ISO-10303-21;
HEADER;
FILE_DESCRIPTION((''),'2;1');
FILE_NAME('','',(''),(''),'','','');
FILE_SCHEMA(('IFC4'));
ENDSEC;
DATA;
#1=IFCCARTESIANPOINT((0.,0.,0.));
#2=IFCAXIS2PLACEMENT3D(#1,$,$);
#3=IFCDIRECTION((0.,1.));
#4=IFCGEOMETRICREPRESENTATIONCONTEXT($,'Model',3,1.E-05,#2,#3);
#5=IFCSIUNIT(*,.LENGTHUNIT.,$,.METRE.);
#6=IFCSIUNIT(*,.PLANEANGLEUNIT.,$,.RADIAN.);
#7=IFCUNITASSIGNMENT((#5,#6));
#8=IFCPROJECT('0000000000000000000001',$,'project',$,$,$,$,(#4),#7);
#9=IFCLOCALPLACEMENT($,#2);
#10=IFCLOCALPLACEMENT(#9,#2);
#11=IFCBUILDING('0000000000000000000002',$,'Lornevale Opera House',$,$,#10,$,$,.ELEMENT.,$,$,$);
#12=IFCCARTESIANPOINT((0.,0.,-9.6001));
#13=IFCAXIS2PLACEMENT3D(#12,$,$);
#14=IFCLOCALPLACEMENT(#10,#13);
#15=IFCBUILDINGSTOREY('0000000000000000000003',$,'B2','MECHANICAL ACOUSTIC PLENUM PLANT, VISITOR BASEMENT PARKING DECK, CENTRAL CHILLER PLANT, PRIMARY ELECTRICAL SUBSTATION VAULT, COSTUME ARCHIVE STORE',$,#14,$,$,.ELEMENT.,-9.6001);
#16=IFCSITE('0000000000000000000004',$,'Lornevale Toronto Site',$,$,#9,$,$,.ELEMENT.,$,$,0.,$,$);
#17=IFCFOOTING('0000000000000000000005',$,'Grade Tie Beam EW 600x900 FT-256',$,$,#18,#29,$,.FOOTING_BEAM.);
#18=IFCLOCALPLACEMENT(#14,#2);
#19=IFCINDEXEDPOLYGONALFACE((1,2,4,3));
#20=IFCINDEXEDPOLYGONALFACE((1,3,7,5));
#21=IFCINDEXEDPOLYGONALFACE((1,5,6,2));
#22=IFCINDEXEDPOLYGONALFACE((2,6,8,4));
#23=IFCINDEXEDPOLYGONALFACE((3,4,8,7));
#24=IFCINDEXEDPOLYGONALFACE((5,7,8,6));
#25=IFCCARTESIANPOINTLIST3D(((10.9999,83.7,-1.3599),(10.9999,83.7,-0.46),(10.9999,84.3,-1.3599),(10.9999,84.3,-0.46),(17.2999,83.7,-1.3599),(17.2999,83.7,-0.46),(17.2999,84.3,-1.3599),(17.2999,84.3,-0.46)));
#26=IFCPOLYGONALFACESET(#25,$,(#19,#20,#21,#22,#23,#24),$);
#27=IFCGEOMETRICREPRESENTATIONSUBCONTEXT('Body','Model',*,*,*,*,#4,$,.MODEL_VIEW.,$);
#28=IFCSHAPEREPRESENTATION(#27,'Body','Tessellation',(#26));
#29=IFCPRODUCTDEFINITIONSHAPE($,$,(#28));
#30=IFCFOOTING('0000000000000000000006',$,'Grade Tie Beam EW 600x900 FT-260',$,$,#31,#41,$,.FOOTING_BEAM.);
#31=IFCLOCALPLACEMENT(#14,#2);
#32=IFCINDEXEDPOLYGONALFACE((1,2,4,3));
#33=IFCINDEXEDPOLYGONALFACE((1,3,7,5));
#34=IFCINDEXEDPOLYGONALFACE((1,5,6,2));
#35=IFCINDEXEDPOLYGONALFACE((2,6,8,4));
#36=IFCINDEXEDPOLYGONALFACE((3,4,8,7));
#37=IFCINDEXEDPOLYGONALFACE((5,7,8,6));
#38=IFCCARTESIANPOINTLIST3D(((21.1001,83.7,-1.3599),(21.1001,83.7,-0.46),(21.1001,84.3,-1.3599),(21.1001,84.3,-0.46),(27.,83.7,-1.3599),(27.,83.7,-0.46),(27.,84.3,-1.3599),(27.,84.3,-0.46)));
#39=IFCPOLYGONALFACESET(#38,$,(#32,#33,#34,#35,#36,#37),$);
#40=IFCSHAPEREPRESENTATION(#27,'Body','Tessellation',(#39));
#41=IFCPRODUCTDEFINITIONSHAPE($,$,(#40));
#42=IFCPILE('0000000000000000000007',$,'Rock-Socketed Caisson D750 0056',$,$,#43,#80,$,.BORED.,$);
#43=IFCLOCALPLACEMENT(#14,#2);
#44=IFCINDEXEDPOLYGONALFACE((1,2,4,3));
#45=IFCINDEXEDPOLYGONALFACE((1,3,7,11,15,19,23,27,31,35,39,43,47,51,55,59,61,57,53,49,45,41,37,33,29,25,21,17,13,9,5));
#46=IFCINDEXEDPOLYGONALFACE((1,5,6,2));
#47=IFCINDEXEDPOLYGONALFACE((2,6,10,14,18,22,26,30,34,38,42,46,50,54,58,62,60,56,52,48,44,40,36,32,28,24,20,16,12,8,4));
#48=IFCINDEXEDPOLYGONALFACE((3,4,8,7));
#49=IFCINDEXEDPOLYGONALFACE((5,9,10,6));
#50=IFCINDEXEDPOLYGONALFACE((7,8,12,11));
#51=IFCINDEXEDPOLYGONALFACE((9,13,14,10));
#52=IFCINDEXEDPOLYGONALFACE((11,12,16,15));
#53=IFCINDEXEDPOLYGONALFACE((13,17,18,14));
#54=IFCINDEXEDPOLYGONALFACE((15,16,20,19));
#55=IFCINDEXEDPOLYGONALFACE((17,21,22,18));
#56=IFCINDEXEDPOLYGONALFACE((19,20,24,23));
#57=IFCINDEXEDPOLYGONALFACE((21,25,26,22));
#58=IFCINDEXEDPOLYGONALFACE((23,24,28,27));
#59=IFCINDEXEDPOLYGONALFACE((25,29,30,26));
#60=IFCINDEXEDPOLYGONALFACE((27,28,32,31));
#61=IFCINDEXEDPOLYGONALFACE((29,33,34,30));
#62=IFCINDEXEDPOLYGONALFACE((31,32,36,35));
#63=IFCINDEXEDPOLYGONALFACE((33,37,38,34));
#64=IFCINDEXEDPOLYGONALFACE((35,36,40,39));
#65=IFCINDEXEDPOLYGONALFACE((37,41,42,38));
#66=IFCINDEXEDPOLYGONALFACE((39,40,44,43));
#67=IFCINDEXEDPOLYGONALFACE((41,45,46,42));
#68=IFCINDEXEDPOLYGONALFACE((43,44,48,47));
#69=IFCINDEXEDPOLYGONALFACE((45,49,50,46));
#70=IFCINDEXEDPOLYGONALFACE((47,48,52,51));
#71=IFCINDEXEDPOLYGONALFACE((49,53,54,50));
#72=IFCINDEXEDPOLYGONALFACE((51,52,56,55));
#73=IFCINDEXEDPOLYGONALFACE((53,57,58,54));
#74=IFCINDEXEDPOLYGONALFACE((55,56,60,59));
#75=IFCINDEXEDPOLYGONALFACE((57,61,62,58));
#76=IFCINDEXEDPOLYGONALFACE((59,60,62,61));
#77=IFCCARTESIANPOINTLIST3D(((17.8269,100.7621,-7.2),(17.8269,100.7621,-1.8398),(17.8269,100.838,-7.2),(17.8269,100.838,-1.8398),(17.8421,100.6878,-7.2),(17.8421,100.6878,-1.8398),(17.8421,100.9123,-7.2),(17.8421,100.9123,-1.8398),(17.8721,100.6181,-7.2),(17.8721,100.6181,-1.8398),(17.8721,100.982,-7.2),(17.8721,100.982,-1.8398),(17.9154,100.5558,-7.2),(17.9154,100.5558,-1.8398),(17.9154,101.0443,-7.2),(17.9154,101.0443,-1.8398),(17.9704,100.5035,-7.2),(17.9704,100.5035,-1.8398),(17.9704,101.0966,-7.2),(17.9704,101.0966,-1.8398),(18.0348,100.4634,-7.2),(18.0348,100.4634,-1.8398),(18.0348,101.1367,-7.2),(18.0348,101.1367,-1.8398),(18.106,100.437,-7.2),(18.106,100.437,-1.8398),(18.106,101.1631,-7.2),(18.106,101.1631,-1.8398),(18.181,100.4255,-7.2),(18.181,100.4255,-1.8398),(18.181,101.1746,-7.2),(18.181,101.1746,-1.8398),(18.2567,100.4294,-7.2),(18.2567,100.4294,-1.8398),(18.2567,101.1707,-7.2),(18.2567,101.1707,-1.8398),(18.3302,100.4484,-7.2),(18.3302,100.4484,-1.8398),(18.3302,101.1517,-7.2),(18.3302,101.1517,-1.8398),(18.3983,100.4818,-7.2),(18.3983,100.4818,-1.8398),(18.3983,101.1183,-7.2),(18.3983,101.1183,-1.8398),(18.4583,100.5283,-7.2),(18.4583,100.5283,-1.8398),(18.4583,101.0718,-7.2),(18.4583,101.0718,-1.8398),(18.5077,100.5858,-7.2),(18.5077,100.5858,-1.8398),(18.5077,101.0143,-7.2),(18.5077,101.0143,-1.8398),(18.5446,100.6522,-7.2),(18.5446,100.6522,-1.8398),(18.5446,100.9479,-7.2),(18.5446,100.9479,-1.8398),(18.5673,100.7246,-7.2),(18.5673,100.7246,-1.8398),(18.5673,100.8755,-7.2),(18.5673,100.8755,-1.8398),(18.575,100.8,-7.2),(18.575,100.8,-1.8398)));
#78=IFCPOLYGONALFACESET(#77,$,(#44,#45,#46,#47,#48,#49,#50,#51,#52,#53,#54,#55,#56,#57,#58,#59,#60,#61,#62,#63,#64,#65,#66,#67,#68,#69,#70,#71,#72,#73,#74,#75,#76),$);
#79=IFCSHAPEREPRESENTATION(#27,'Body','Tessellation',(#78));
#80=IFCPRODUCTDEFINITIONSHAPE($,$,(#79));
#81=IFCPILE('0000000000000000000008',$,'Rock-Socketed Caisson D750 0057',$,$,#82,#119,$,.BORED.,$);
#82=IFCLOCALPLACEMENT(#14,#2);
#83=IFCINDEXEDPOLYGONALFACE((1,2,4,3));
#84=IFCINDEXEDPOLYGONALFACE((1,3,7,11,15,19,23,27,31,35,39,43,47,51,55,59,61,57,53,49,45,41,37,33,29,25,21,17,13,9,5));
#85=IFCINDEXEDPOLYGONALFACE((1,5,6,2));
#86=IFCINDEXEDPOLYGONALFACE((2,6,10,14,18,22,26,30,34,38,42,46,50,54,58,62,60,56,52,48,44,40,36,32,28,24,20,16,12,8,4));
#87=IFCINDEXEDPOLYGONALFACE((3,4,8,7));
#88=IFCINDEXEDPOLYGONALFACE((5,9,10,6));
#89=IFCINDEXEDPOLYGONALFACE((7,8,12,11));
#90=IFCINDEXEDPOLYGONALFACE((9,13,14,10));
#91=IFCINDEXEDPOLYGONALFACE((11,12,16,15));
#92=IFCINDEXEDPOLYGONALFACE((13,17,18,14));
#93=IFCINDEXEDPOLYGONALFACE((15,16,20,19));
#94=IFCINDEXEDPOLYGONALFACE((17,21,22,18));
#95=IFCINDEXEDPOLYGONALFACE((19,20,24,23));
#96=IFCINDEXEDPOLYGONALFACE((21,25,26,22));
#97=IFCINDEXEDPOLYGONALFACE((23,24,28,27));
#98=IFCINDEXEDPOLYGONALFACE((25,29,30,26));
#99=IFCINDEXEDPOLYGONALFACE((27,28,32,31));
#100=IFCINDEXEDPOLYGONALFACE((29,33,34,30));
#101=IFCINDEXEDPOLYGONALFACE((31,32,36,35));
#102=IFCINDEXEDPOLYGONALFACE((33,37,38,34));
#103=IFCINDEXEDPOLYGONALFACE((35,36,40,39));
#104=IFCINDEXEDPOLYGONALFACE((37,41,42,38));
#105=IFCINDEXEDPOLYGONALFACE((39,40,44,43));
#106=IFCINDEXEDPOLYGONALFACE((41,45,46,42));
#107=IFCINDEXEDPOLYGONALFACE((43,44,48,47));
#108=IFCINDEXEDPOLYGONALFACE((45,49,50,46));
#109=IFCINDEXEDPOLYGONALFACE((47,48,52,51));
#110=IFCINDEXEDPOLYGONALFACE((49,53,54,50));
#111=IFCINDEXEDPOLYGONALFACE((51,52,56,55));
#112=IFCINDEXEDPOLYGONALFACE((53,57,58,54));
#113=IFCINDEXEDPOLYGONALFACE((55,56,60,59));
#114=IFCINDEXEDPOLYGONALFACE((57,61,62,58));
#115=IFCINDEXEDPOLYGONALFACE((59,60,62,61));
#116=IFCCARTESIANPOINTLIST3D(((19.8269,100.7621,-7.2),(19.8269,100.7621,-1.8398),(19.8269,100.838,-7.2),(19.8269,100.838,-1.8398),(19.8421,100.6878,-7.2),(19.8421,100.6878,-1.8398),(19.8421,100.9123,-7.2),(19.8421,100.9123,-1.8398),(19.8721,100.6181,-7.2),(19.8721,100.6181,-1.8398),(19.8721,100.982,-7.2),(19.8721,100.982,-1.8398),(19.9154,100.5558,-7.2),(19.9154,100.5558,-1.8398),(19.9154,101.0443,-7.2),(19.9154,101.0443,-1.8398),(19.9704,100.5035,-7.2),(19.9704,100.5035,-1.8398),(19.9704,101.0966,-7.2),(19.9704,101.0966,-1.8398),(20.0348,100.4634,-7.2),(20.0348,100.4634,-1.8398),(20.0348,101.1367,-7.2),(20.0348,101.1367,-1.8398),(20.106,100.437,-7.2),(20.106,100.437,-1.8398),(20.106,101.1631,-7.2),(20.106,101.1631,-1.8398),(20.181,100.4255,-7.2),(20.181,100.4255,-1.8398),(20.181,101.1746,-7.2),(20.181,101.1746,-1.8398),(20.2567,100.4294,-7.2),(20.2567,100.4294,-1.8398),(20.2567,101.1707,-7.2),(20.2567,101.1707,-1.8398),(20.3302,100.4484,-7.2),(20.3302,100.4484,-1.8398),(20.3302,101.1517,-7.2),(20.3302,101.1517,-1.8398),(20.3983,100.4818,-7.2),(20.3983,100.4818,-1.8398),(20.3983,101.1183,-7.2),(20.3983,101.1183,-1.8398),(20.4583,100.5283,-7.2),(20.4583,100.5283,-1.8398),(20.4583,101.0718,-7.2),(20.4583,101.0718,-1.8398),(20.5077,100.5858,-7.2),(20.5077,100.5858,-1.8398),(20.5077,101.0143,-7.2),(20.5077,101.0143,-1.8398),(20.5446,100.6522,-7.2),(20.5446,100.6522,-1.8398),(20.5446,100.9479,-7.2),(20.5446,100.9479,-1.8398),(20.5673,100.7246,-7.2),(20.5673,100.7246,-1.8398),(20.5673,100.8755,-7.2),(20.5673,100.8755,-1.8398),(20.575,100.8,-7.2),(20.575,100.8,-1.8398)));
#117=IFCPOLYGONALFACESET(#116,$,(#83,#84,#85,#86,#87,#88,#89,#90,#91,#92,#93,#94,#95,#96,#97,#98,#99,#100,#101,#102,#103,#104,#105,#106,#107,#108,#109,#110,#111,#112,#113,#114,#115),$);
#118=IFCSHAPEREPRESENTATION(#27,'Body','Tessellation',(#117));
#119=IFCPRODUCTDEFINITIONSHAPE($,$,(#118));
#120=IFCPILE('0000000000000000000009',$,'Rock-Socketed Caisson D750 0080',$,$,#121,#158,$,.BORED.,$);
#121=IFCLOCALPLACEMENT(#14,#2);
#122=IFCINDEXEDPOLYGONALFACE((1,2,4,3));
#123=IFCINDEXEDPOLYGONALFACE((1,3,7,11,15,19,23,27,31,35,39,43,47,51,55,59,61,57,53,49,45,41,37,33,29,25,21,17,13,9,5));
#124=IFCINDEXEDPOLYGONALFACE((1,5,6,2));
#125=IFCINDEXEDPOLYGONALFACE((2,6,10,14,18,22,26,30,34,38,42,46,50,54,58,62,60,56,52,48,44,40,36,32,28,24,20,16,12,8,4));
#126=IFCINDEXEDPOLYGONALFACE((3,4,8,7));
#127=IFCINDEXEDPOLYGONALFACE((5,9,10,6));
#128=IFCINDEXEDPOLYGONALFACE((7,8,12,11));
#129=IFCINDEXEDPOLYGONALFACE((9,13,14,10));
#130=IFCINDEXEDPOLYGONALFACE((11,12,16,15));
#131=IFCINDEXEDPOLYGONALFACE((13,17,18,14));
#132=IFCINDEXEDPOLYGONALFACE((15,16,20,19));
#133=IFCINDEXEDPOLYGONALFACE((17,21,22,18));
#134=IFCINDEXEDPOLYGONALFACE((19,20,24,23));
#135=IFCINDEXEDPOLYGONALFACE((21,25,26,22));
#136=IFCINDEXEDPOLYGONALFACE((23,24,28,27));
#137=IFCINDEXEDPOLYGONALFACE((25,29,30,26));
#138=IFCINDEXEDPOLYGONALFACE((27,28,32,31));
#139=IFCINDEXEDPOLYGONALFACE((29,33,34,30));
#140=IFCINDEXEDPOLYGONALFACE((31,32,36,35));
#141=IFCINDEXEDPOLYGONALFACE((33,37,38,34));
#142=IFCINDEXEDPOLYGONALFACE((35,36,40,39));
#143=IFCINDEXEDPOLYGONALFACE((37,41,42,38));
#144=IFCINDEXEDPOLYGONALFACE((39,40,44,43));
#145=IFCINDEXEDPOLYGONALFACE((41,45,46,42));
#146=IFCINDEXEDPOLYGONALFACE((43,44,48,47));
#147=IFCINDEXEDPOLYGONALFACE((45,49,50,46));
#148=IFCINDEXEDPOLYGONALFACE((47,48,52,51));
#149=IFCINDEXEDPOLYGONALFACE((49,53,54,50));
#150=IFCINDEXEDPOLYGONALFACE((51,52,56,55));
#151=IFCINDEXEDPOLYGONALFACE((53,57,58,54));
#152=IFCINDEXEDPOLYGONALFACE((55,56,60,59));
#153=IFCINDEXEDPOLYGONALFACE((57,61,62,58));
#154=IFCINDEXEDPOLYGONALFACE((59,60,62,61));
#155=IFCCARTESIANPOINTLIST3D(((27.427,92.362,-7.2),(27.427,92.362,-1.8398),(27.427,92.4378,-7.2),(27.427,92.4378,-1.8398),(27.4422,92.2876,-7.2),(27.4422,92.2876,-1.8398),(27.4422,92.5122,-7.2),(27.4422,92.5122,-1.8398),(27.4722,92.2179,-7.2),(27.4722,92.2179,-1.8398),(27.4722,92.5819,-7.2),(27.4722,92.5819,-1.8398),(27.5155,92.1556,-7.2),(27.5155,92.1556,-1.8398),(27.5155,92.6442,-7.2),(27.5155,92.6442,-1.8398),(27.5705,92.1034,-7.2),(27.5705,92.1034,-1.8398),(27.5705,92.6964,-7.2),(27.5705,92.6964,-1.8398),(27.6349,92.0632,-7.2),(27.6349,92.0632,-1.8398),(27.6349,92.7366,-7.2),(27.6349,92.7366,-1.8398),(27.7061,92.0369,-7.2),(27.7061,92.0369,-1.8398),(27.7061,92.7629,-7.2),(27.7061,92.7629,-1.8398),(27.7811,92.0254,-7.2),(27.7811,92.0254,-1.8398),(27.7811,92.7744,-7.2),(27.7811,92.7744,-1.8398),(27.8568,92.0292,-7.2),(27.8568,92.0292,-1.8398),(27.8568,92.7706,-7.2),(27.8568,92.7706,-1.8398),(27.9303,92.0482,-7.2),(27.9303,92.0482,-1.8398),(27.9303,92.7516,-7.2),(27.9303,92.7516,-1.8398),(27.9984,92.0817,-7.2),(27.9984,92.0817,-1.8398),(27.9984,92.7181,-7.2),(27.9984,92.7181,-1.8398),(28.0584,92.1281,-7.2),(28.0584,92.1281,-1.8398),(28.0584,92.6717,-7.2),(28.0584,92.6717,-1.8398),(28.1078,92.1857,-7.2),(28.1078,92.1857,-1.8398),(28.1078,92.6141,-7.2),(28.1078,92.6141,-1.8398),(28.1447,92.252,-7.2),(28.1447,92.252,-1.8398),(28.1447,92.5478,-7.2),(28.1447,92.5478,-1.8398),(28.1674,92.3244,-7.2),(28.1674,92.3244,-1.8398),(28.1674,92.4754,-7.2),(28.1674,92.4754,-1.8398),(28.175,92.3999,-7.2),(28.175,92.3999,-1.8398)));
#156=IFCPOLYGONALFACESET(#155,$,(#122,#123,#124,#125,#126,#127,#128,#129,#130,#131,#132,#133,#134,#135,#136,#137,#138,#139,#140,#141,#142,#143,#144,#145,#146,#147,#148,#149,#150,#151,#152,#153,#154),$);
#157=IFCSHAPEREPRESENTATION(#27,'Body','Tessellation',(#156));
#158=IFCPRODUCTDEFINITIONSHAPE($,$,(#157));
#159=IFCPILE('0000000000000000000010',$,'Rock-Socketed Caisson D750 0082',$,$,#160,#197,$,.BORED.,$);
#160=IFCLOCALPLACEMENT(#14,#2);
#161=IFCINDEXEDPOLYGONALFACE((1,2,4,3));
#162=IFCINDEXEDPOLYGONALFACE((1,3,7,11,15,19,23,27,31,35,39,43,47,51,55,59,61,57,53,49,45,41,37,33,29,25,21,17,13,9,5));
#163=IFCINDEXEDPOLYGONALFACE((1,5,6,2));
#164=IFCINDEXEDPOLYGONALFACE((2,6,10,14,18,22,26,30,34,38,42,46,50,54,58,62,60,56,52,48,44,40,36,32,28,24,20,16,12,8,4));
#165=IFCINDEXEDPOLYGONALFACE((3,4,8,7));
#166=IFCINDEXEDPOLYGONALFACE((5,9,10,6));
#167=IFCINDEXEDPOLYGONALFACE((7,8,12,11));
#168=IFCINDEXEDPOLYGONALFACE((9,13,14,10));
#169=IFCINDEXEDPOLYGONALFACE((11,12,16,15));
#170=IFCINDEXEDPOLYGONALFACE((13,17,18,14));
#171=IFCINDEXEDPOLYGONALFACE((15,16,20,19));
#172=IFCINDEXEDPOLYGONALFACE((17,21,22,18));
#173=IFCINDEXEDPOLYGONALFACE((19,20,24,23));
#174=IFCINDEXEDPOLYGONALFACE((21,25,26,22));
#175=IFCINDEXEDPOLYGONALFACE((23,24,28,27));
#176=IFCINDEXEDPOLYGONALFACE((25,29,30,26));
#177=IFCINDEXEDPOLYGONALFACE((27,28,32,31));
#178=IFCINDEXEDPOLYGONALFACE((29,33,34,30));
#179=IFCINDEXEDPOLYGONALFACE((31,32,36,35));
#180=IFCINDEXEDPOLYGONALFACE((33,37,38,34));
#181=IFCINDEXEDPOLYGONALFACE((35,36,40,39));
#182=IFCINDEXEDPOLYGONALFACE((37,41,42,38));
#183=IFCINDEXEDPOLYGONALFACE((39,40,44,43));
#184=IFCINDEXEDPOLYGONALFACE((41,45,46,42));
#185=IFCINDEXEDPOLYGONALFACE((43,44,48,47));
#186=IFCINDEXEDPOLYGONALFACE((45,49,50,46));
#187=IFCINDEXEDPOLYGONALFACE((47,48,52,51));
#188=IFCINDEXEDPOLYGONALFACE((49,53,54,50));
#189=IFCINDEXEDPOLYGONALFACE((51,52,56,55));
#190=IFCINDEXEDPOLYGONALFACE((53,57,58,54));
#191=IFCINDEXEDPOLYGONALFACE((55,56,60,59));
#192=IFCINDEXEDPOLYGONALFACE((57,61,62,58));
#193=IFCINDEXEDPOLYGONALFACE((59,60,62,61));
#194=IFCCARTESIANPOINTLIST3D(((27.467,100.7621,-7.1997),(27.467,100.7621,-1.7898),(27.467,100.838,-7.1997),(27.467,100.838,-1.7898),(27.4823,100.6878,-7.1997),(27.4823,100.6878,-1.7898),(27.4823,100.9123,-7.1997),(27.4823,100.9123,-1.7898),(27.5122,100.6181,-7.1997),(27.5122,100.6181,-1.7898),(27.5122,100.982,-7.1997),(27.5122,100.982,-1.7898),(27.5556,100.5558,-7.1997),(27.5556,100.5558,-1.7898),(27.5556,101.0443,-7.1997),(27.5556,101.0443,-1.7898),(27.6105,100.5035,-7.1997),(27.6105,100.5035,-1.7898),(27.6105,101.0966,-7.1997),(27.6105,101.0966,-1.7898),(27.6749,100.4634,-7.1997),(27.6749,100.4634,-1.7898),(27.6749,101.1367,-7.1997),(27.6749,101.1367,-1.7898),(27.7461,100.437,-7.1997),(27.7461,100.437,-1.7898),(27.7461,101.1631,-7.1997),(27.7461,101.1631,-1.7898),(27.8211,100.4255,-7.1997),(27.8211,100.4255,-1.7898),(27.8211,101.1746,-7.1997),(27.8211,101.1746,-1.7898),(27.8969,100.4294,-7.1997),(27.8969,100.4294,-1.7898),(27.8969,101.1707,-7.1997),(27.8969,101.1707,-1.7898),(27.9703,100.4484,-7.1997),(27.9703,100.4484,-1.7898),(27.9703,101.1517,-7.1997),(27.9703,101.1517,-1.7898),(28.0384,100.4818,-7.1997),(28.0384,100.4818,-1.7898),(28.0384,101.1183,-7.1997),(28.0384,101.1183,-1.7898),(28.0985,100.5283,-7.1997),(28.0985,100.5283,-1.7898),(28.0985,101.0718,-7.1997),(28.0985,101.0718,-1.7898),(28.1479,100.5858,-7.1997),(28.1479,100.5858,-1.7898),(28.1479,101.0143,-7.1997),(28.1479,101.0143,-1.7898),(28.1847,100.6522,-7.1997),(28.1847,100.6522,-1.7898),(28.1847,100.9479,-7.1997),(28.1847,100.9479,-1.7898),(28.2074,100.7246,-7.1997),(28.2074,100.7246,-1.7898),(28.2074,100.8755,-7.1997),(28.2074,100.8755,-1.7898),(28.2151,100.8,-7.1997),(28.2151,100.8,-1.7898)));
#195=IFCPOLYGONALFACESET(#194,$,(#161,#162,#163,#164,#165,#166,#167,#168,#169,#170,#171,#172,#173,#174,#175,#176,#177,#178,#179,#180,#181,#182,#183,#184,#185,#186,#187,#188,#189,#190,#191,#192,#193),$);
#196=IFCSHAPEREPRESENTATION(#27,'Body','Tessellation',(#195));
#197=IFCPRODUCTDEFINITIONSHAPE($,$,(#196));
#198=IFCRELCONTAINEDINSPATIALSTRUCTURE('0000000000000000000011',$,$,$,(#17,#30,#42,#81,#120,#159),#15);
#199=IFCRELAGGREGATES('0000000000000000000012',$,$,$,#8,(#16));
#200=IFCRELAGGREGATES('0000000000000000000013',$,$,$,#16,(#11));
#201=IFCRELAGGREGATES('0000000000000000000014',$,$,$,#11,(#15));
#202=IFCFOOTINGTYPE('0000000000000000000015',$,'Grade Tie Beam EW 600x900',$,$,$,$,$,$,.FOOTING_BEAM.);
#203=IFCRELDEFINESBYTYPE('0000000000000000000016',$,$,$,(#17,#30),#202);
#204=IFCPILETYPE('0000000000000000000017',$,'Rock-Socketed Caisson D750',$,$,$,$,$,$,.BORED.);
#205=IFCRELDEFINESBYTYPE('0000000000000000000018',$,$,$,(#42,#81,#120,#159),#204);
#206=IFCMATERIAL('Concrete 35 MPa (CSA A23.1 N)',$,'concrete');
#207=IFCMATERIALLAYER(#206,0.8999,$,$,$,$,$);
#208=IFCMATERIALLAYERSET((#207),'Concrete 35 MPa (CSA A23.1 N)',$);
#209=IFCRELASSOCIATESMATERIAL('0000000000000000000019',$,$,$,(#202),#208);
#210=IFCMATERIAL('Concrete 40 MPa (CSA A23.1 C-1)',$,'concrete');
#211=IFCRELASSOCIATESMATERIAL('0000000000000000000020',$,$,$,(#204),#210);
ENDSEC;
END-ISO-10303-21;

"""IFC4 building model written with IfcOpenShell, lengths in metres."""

from ifc_helpers import new_model, si_unit, direction, frame, origin, origin_2d, place, context, subcontext, project, spatial, rectangle, circle, extrude, material, layer, layer_set, material_profile, profile_set, type_object, element, save


model = new_model("IFC4")

# Units and contexts
model_context = context("Model", 3, precision=1e-05, world=origin(), true_north=direction((0.0, 1.0)))
body_context = subcontext(model_context, "Body", "Model", "MODEL_VIEW")
ifc_project = project(units=[si_unit("LENGTHUNIT", "METRE"), si_unit("PLANEANGLEUNIT", "RADIAN")], contexts=[model_context])

# Site, building, storey
site_placement = place(None, origin())
site = spatial("IfcSite", under=ifc_project, at=site_placement, Name="Lornevale Toronto Site", CompositionType="ELEMENT", RefElevation=0.0)
building_placement = place(site_placement, origin())
building = spatial("IfcBuilding", under=site, at=building_placement, Name="Lornevale Opera House", CompositionType="ELEMENT")
storey_placement = place(building_placement, frame((0.0, 0.0, -9.6001)))
storey = spatial("IfcBuildingStorey", under=building, at=storey_placement, Name="B2", Description="MECHANICAL ACOUSTIC PLENUM PLANT, VISITOR BASEMENT PARKING DECK, CENTRAL CHILLER PLANT, PRIMARY ELECTRICAL SUBSTATION VAULT, COSTUME ARCHIVE STORE", CompositionType="ELEMENT", Elevation=-9.6001)

# Footings
ifc_material_1 = material(Name="Concrete 35 MPa (CSA A23.1 N)", Category="concrete")
ifc_layer_1 = layer(ifc_material_1, 0.8999)
ifc_layer_set_1 = layer_set([ifc_layer_1], Name="Concrete 35 MPa (CSA A23.1 N)")
footing_type_1 = type_object("IfcFootingType", Name="Grade Tie Beam EW 600x900", PredefinedType="FOOTING_BEAM", material=ifc_layer_set_1)
footing_1_placement = place(storey_placement, frame((14.1499, 84.0, -1.3599), z_axis=(0.0, 0.0, 1.0), x_axis=(1.0, 0.0, 0.0)))
element("IfcFooting", 1, at=footing_1_placement, inside=storey, type_object=footing_type_1, Name="Grade Tie Beam EW 600x900 FT-256", PredefinedType="FOOTING_BEAM", context=body_context, shape_type="SweptSolid", body=[
    extrude(rectangle(XDim=6.3, YDim=0.6001, at=origin_2d()), origin(), (0.0, 0.0, 1.0), 0.8999),
])
footing_2_placement = place(storey_placement, frame((24.05, 84.0, -1.3599), z_axis=(0.0, 0.0, 1.0), x_axis=(1.0, 0.0, 0.0)))
element("IfcFooting", 2, at=footing_2_placement, inside=storey, type_object=footing_type_1, Name="Grade Tie Beam EW 600x900 FT-260", PredefinedType="FOOTING_BEAM", context=body_context, shape_type="SweptSolid", body=[
    extrude(rectangle(XDim=5.8999, YDim=0.6001, at=origin_2d()), origin(), (0.0, 0.0, 1.0), 0.8999),
])

# Piles
ifc_material_2 = material(Name="Concrete 40 MPa (CSA A23.1 C-1)", Category="concrete")
ifc_material_profile_1 = material_profile(ifc_material_2, circle(Radius=0.375, at=origin_2d()), Name="CAIS750")
ifc_profile_set_1 = profile_set([ifc_material_profile_1], Name="Concrete 40 MPa (CSA A23.1 C-1)")
pile_type_1 = type_object("IfcPileType", Name="Rock-Socketed Caisson D750", PredefinedType="BORED", material=ifc_profile_set_1)
for number, where, z_axis, x_axis, name in (
    (3, (18.2, 100.8, -1.8398), (0.0, 0.0, -1.0), (1.0, 0.0, 0.0), "Rock-Socketed Caisson D750 0056"),
    (4, (20.2, 100.8, -1.8398), (0.0, 0.0, -1.0), (1.0, 0.0, 0.0), "Rock-Socketed Caisson D750 0057"),
    (5, (27.8, 92.3999, -1.8398), (0.0, 0.0, -1.0), (1.0, 0.0, 0.0), "Rock-Socketed Caisson D750 0080"),
):
    element("IfcPile", number, at=place(storey_placement, frame(where, z_axis=z_axis, x_axis=x_axis)), inside=storey, type_object=pile_type_1, Name=name, PredefinedType="BORED", context=body_context, shape_type="SweptSolid", body=[
        extrude(circle(Radius=0.375, at=origin_2d()), origin(), (0.0, 0.0, 1.0), 5.3601),
    ])
pile_placement = place(storey_placement, frame((27.8401, 100.8, -1.7898), z_axis=(0.0, 0.0, -1.0), x_axis=(1.0, 0.0, 0.0)))
element("IfcPile", 6, at=pile_placement, inside=storey, type_object=pile_type_1, Name="Rock-Socketed Caisson D750 0082", PredefinedType="BORED", context=body_context, shape_type="SweptSolid", body=[
    extrude(circle(Radius=0.375, at=origin_2d()), origin(), (0.0, 0.0, 1.0), 5.4099),
])

save(model, "model.ifc")
